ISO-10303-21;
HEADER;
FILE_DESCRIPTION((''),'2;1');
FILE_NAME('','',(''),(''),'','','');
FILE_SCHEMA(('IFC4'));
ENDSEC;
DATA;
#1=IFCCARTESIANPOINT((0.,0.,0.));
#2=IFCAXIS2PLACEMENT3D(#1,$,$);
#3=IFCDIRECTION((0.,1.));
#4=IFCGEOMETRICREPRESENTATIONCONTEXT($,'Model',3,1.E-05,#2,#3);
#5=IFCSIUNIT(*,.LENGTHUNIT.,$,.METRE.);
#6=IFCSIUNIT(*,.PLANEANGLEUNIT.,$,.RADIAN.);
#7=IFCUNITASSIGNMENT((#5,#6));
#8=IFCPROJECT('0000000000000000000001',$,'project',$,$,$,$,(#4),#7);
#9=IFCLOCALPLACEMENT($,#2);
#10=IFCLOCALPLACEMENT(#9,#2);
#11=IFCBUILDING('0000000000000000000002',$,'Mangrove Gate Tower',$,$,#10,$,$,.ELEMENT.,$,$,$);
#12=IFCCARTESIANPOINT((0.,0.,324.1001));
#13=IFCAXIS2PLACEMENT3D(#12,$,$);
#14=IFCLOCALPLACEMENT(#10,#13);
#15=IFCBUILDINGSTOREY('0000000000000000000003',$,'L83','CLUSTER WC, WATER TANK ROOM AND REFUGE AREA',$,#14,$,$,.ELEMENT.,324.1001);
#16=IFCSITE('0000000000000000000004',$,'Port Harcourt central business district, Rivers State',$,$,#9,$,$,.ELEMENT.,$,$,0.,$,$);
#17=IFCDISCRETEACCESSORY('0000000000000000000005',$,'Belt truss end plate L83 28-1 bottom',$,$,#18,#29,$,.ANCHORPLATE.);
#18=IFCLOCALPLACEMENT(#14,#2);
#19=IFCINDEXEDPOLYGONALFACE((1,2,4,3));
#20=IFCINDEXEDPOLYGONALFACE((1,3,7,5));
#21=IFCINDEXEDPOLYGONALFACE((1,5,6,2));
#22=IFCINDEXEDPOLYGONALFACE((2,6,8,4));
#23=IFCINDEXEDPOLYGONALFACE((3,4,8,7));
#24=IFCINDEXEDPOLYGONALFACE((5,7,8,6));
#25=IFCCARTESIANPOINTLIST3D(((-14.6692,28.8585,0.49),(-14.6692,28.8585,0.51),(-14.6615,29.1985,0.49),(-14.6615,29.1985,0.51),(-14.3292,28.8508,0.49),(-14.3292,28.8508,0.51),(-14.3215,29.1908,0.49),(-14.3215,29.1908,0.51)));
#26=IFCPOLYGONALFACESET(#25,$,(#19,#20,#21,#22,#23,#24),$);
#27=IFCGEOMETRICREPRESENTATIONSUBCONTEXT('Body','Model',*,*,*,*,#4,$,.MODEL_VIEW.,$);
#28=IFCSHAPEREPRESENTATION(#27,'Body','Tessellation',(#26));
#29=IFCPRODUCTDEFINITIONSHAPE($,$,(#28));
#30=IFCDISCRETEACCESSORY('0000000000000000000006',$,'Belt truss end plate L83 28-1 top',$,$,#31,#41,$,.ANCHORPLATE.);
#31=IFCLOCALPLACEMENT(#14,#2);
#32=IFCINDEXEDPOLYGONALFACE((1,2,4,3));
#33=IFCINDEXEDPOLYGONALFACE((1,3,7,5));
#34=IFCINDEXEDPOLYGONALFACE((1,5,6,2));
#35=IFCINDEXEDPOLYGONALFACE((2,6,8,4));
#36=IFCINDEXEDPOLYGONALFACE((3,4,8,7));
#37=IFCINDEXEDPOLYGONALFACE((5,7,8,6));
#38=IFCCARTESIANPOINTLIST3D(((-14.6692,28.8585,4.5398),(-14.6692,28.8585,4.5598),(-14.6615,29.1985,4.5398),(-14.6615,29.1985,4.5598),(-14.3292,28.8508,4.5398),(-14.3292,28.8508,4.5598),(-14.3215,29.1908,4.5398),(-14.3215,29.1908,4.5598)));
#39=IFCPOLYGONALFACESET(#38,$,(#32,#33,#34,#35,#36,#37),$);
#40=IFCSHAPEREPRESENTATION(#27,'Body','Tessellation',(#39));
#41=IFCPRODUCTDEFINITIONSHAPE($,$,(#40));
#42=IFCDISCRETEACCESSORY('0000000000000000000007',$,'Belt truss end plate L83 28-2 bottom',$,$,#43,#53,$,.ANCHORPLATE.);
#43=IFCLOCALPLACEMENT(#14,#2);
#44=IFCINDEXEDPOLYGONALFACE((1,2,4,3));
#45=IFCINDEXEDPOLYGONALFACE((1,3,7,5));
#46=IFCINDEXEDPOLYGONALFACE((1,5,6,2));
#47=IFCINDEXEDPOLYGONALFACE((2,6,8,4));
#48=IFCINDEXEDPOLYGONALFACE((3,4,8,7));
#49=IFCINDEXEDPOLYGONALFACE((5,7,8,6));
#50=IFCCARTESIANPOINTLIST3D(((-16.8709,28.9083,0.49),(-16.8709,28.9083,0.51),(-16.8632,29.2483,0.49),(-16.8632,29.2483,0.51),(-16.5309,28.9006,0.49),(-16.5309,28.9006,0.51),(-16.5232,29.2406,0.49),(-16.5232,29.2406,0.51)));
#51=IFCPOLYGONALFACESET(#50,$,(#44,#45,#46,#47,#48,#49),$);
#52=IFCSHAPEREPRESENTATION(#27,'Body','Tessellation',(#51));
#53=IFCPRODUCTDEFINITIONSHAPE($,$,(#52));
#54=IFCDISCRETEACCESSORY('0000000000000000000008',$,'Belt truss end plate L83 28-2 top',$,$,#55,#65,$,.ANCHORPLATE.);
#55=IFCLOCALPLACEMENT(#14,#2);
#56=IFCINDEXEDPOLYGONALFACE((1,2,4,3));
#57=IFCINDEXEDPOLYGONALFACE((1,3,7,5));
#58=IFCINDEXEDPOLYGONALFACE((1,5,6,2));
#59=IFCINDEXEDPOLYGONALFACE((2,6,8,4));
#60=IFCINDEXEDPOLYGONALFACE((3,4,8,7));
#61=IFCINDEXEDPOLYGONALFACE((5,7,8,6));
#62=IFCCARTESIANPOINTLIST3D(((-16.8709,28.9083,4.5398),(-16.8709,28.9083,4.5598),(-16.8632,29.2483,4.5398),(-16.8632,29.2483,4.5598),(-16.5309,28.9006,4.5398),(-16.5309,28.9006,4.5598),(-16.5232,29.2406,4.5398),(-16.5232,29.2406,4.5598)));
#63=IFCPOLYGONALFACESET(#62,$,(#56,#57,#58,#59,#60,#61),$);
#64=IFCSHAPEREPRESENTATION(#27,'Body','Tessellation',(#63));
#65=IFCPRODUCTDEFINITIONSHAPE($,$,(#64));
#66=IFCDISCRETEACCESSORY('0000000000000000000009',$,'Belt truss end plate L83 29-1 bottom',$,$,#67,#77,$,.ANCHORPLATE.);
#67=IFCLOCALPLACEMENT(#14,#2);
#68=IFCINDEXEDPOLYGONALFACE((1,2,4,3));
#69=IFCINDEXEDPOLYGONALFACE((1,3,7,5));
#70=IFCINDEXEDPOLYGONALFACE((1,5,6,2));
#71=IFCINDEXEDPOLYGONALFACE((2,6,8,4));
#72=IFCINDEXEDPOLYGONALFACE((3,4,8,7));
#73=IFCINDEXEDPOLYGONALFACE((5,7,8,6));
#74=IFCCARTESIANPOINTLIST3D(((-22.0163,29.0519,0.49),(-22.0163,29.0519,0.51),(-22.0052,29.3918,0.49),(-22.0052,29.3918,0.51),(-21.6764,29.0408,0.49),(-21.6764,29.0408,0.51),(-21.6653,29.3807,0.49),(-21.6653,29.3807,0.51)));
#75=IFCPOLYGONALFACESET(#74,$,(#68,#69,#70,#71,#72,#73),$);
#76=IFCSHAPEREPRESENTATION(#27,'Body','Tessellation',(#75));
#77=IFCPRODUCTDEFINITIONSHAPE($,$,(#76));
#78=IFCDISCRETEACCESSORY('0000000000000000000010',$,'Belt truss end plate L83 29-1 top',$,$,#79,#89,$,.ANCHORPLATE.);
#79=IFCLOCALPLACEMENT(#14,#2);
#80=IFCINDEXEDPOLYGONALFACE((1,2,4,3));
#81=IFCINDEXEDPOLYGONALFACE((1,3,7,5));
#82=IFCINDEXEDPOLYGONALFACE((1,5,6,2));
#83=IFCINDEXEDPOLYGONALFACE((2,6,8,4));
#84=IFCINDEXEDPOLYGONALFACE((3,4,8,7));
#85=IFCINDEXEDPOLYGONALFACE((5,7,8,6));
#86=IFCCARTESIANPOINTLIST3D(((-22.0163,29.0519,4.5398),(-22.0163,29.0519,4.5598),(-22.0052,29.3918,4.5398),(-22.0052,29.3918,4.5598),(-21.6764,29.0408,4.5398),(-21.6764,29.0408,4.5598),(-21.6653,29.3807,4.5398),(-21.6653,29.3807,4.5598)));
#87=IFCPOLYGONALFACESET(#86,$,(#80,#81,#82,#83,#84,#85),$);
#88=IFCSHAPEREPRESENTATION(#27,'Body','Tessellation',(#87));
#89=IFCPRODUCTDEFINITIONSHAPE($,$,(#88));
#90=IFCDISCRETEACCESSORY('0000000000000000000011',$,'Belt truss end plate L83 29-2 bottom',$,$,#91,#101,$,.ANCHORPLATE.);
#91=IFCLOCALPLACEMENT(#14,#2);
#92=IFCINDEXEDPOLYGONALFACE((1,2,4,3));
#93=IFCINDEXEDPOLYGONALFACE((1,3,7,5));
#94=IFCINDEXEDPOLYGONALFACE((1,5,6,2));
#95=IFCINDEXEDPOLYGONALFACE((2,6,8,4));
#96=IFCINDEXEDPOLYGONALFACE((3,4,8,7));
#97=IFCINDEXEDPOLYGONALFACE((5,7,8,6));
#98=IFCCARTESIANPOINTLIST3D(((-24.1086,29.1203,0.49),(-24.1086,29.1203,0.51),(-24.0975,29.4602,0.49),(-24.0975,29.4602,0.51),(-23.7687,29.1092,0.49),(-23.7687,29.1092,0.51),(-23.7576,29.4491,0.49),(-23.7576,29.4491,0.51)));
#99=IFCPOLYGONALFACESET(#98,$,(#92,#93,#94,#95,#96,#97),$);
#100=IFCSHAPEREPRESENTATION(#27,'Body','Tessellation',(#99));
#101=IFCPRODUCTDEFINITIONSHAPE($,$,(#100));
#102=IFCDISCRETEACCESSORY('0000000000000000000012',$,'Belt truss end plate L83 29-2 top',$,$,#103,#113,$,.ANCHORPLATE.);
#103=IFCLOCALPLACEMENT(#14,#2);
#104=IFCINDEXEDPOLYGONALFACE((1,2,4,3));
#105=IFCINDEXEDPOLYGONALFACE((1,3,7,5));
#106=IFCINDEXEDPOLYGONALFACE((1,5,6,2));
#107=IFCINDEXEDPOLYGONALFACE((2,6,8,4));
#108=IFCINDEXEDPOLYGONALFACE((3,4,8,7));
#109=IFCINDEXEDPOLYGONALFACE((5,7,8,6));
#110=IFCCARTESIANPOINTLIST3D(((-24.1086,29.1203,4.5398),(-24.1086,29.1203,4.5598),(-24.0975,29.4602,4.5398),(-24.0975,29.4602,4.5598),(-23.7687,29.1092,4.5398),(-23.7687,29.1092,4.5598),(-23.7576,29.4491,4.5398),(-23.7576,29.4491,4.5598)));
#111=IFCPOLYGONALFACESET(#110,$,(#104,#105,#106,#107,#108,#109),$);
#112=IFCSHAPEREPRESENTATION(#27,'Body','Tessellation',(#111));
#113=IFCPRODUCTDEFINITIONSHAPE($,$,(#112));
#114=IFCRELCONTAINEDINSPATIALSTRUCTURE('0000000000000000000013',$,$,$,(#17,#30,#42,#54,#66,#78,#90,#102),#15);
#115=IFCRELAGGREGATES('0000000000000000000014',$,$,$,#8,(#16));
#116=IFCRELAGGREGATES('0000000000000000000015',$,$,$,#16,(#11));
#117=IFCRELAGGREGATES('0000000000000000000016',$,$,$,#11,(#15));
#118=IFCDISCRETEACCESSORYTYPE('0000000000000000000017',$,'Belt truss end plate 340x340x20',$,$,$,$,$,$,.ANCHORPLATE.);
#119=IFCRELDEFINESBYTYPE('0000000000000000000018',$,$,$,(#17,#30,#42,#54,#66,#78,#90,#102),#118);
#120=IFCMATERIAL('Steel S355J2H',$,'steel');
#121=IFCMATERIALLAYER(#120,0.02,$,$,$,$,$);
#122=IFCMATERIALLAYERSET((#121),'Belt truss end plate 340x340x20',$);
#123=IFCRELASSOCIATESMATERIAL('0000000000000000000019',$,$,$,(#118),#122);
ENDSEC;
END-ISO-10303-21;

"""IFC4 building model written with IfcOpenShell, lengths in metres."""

from ifc_helpers import new_model, si_unit, direction, frame, origin, origin_2d, place, context, subcontext, project, spatial, rectangle, extrude, material, layer, layer_set, type_object, element, save


model = new_model("IFC4")

# Units and contexts
model_context = context("Model", 3, precision=1e-05, world=origin(), true_north=direction((0.0, 1.0)))
body_context = subcontext(model_context, "Body", "Model", "MODEL_VIEW")
ifc_project = project(units=[si_unit("LENGTHUNIT", "METRE"), si_unit("PLANEANGLEUNIT", "RADIAN")], contexts=[model_context])

# Site, building, storey
site_placement = place(None, origin())
site = spatial("IfcSite", under=ifc_project, at=site_placement, Name="Port Harcourt central business district, Rivers State", CompositionType="ELEMENT", RefElevation=0.0)
building_placement = place(site_placement, origin())
building = spatial("IfcBuilding", under=site, at=building_placement, Name="Mangrove Gate Tower", CompositionType="ELEMENT")
storey_placement = place(building_placement, frame((0.0, 0.0, 324.1001)))
storey = spatial("IfcBuildingStorey", under=building, at=storey_placement, Name="L83", Description="CLUSTER WC, WATER TANK ROOM AND REFUGE AREA", CompositionType="ELEMENT", Elevation=324.1001)

# Discrete accessories
ifc_material_1 = material(Name="Steel S355J2H", Category="steel")
ifc_layer = layer(ifc_material_1, 0.02)
ifc_layer_set = layer_set([ifc_layer], Name="Belt truss end plate 340x340x20")
discrete_accessory_type = type_object("IfcDiscreteAccessoryType", Name="Belt truss end plate 340x340x20", PredefinedType="ANCHORPLATE", material=ifc_layer_set)
for number, where, z_axis, x_axis, name in (
    (1, (-14.4954, 29.0247, 0.49), (0.0, 0.0, 1.0), (-0.999743, 0.022664, 0.0), "Belt truss end plate L83 28-1 bottom"),
    (2, (-14.4954, 29.0247, 4.5398), (0.0, 0.0, 1.0), (-0.999743, 0.022664, 0.0), "Belt truss end plate L83 28-1 top"),
    (3, (-16.697, 29.0745, 0.49), (0.0, 0.0, 1.0), (-0.999743, 0.022664, 0.0), "Belt truss end plate L83 28-2 bottom"),
    (4, (-16.697, 29.0745, 4.5398), (0.0, 0.0, 1.0), (-0.999743, 0.022664, 0.0), "Belt truss end plate L83 28-2 top"),
    (5, (-21.8408, 29.2163, 0.49), (0.0, 0.0, 1.0), (-0.999468, 0.032629, 0.0), "Belt truss end plate L83 29-1 bottom"),
    (6, (-21.8408, 29.2163, 4.5398), (0.0, 0.0, 1.0), (-0.999468, 0.032629, 0.0), "Belt truss end plate L83 29-1 top"),
    (7, (-23.9331, 29.2847, 0.49), (0.0, 0.0, 1.0), (-0.999468, 0.032629, 0.0), "Belt truss end plate L83 29-2 bottom"),
    (8, (-23.9331, 29.2847, 4.5398), (0.0, 0.0, 1.0), (-0.999468, 0.032629, 0.0), "Belt truss end plate L83 29-2 top"),
):
    element("IfcDiscreteAccessory", number, at=place(storey_placement, frame(where, z_axis=z_axis, x_axis=x_axis)), inside=storey, type_object=discrete_accessory_type, Name=name, PredefinedType="ANCHORPLATE", context=body_context, shape_type="SweptSolid", body=[
        extrude(rectangle(XDim=0.3401, YDim=0.3401, at=origin_2d()), origin(), (0.0, 0.0, 1.0), 0.02),
    ])

save(model, "model.ifc")
